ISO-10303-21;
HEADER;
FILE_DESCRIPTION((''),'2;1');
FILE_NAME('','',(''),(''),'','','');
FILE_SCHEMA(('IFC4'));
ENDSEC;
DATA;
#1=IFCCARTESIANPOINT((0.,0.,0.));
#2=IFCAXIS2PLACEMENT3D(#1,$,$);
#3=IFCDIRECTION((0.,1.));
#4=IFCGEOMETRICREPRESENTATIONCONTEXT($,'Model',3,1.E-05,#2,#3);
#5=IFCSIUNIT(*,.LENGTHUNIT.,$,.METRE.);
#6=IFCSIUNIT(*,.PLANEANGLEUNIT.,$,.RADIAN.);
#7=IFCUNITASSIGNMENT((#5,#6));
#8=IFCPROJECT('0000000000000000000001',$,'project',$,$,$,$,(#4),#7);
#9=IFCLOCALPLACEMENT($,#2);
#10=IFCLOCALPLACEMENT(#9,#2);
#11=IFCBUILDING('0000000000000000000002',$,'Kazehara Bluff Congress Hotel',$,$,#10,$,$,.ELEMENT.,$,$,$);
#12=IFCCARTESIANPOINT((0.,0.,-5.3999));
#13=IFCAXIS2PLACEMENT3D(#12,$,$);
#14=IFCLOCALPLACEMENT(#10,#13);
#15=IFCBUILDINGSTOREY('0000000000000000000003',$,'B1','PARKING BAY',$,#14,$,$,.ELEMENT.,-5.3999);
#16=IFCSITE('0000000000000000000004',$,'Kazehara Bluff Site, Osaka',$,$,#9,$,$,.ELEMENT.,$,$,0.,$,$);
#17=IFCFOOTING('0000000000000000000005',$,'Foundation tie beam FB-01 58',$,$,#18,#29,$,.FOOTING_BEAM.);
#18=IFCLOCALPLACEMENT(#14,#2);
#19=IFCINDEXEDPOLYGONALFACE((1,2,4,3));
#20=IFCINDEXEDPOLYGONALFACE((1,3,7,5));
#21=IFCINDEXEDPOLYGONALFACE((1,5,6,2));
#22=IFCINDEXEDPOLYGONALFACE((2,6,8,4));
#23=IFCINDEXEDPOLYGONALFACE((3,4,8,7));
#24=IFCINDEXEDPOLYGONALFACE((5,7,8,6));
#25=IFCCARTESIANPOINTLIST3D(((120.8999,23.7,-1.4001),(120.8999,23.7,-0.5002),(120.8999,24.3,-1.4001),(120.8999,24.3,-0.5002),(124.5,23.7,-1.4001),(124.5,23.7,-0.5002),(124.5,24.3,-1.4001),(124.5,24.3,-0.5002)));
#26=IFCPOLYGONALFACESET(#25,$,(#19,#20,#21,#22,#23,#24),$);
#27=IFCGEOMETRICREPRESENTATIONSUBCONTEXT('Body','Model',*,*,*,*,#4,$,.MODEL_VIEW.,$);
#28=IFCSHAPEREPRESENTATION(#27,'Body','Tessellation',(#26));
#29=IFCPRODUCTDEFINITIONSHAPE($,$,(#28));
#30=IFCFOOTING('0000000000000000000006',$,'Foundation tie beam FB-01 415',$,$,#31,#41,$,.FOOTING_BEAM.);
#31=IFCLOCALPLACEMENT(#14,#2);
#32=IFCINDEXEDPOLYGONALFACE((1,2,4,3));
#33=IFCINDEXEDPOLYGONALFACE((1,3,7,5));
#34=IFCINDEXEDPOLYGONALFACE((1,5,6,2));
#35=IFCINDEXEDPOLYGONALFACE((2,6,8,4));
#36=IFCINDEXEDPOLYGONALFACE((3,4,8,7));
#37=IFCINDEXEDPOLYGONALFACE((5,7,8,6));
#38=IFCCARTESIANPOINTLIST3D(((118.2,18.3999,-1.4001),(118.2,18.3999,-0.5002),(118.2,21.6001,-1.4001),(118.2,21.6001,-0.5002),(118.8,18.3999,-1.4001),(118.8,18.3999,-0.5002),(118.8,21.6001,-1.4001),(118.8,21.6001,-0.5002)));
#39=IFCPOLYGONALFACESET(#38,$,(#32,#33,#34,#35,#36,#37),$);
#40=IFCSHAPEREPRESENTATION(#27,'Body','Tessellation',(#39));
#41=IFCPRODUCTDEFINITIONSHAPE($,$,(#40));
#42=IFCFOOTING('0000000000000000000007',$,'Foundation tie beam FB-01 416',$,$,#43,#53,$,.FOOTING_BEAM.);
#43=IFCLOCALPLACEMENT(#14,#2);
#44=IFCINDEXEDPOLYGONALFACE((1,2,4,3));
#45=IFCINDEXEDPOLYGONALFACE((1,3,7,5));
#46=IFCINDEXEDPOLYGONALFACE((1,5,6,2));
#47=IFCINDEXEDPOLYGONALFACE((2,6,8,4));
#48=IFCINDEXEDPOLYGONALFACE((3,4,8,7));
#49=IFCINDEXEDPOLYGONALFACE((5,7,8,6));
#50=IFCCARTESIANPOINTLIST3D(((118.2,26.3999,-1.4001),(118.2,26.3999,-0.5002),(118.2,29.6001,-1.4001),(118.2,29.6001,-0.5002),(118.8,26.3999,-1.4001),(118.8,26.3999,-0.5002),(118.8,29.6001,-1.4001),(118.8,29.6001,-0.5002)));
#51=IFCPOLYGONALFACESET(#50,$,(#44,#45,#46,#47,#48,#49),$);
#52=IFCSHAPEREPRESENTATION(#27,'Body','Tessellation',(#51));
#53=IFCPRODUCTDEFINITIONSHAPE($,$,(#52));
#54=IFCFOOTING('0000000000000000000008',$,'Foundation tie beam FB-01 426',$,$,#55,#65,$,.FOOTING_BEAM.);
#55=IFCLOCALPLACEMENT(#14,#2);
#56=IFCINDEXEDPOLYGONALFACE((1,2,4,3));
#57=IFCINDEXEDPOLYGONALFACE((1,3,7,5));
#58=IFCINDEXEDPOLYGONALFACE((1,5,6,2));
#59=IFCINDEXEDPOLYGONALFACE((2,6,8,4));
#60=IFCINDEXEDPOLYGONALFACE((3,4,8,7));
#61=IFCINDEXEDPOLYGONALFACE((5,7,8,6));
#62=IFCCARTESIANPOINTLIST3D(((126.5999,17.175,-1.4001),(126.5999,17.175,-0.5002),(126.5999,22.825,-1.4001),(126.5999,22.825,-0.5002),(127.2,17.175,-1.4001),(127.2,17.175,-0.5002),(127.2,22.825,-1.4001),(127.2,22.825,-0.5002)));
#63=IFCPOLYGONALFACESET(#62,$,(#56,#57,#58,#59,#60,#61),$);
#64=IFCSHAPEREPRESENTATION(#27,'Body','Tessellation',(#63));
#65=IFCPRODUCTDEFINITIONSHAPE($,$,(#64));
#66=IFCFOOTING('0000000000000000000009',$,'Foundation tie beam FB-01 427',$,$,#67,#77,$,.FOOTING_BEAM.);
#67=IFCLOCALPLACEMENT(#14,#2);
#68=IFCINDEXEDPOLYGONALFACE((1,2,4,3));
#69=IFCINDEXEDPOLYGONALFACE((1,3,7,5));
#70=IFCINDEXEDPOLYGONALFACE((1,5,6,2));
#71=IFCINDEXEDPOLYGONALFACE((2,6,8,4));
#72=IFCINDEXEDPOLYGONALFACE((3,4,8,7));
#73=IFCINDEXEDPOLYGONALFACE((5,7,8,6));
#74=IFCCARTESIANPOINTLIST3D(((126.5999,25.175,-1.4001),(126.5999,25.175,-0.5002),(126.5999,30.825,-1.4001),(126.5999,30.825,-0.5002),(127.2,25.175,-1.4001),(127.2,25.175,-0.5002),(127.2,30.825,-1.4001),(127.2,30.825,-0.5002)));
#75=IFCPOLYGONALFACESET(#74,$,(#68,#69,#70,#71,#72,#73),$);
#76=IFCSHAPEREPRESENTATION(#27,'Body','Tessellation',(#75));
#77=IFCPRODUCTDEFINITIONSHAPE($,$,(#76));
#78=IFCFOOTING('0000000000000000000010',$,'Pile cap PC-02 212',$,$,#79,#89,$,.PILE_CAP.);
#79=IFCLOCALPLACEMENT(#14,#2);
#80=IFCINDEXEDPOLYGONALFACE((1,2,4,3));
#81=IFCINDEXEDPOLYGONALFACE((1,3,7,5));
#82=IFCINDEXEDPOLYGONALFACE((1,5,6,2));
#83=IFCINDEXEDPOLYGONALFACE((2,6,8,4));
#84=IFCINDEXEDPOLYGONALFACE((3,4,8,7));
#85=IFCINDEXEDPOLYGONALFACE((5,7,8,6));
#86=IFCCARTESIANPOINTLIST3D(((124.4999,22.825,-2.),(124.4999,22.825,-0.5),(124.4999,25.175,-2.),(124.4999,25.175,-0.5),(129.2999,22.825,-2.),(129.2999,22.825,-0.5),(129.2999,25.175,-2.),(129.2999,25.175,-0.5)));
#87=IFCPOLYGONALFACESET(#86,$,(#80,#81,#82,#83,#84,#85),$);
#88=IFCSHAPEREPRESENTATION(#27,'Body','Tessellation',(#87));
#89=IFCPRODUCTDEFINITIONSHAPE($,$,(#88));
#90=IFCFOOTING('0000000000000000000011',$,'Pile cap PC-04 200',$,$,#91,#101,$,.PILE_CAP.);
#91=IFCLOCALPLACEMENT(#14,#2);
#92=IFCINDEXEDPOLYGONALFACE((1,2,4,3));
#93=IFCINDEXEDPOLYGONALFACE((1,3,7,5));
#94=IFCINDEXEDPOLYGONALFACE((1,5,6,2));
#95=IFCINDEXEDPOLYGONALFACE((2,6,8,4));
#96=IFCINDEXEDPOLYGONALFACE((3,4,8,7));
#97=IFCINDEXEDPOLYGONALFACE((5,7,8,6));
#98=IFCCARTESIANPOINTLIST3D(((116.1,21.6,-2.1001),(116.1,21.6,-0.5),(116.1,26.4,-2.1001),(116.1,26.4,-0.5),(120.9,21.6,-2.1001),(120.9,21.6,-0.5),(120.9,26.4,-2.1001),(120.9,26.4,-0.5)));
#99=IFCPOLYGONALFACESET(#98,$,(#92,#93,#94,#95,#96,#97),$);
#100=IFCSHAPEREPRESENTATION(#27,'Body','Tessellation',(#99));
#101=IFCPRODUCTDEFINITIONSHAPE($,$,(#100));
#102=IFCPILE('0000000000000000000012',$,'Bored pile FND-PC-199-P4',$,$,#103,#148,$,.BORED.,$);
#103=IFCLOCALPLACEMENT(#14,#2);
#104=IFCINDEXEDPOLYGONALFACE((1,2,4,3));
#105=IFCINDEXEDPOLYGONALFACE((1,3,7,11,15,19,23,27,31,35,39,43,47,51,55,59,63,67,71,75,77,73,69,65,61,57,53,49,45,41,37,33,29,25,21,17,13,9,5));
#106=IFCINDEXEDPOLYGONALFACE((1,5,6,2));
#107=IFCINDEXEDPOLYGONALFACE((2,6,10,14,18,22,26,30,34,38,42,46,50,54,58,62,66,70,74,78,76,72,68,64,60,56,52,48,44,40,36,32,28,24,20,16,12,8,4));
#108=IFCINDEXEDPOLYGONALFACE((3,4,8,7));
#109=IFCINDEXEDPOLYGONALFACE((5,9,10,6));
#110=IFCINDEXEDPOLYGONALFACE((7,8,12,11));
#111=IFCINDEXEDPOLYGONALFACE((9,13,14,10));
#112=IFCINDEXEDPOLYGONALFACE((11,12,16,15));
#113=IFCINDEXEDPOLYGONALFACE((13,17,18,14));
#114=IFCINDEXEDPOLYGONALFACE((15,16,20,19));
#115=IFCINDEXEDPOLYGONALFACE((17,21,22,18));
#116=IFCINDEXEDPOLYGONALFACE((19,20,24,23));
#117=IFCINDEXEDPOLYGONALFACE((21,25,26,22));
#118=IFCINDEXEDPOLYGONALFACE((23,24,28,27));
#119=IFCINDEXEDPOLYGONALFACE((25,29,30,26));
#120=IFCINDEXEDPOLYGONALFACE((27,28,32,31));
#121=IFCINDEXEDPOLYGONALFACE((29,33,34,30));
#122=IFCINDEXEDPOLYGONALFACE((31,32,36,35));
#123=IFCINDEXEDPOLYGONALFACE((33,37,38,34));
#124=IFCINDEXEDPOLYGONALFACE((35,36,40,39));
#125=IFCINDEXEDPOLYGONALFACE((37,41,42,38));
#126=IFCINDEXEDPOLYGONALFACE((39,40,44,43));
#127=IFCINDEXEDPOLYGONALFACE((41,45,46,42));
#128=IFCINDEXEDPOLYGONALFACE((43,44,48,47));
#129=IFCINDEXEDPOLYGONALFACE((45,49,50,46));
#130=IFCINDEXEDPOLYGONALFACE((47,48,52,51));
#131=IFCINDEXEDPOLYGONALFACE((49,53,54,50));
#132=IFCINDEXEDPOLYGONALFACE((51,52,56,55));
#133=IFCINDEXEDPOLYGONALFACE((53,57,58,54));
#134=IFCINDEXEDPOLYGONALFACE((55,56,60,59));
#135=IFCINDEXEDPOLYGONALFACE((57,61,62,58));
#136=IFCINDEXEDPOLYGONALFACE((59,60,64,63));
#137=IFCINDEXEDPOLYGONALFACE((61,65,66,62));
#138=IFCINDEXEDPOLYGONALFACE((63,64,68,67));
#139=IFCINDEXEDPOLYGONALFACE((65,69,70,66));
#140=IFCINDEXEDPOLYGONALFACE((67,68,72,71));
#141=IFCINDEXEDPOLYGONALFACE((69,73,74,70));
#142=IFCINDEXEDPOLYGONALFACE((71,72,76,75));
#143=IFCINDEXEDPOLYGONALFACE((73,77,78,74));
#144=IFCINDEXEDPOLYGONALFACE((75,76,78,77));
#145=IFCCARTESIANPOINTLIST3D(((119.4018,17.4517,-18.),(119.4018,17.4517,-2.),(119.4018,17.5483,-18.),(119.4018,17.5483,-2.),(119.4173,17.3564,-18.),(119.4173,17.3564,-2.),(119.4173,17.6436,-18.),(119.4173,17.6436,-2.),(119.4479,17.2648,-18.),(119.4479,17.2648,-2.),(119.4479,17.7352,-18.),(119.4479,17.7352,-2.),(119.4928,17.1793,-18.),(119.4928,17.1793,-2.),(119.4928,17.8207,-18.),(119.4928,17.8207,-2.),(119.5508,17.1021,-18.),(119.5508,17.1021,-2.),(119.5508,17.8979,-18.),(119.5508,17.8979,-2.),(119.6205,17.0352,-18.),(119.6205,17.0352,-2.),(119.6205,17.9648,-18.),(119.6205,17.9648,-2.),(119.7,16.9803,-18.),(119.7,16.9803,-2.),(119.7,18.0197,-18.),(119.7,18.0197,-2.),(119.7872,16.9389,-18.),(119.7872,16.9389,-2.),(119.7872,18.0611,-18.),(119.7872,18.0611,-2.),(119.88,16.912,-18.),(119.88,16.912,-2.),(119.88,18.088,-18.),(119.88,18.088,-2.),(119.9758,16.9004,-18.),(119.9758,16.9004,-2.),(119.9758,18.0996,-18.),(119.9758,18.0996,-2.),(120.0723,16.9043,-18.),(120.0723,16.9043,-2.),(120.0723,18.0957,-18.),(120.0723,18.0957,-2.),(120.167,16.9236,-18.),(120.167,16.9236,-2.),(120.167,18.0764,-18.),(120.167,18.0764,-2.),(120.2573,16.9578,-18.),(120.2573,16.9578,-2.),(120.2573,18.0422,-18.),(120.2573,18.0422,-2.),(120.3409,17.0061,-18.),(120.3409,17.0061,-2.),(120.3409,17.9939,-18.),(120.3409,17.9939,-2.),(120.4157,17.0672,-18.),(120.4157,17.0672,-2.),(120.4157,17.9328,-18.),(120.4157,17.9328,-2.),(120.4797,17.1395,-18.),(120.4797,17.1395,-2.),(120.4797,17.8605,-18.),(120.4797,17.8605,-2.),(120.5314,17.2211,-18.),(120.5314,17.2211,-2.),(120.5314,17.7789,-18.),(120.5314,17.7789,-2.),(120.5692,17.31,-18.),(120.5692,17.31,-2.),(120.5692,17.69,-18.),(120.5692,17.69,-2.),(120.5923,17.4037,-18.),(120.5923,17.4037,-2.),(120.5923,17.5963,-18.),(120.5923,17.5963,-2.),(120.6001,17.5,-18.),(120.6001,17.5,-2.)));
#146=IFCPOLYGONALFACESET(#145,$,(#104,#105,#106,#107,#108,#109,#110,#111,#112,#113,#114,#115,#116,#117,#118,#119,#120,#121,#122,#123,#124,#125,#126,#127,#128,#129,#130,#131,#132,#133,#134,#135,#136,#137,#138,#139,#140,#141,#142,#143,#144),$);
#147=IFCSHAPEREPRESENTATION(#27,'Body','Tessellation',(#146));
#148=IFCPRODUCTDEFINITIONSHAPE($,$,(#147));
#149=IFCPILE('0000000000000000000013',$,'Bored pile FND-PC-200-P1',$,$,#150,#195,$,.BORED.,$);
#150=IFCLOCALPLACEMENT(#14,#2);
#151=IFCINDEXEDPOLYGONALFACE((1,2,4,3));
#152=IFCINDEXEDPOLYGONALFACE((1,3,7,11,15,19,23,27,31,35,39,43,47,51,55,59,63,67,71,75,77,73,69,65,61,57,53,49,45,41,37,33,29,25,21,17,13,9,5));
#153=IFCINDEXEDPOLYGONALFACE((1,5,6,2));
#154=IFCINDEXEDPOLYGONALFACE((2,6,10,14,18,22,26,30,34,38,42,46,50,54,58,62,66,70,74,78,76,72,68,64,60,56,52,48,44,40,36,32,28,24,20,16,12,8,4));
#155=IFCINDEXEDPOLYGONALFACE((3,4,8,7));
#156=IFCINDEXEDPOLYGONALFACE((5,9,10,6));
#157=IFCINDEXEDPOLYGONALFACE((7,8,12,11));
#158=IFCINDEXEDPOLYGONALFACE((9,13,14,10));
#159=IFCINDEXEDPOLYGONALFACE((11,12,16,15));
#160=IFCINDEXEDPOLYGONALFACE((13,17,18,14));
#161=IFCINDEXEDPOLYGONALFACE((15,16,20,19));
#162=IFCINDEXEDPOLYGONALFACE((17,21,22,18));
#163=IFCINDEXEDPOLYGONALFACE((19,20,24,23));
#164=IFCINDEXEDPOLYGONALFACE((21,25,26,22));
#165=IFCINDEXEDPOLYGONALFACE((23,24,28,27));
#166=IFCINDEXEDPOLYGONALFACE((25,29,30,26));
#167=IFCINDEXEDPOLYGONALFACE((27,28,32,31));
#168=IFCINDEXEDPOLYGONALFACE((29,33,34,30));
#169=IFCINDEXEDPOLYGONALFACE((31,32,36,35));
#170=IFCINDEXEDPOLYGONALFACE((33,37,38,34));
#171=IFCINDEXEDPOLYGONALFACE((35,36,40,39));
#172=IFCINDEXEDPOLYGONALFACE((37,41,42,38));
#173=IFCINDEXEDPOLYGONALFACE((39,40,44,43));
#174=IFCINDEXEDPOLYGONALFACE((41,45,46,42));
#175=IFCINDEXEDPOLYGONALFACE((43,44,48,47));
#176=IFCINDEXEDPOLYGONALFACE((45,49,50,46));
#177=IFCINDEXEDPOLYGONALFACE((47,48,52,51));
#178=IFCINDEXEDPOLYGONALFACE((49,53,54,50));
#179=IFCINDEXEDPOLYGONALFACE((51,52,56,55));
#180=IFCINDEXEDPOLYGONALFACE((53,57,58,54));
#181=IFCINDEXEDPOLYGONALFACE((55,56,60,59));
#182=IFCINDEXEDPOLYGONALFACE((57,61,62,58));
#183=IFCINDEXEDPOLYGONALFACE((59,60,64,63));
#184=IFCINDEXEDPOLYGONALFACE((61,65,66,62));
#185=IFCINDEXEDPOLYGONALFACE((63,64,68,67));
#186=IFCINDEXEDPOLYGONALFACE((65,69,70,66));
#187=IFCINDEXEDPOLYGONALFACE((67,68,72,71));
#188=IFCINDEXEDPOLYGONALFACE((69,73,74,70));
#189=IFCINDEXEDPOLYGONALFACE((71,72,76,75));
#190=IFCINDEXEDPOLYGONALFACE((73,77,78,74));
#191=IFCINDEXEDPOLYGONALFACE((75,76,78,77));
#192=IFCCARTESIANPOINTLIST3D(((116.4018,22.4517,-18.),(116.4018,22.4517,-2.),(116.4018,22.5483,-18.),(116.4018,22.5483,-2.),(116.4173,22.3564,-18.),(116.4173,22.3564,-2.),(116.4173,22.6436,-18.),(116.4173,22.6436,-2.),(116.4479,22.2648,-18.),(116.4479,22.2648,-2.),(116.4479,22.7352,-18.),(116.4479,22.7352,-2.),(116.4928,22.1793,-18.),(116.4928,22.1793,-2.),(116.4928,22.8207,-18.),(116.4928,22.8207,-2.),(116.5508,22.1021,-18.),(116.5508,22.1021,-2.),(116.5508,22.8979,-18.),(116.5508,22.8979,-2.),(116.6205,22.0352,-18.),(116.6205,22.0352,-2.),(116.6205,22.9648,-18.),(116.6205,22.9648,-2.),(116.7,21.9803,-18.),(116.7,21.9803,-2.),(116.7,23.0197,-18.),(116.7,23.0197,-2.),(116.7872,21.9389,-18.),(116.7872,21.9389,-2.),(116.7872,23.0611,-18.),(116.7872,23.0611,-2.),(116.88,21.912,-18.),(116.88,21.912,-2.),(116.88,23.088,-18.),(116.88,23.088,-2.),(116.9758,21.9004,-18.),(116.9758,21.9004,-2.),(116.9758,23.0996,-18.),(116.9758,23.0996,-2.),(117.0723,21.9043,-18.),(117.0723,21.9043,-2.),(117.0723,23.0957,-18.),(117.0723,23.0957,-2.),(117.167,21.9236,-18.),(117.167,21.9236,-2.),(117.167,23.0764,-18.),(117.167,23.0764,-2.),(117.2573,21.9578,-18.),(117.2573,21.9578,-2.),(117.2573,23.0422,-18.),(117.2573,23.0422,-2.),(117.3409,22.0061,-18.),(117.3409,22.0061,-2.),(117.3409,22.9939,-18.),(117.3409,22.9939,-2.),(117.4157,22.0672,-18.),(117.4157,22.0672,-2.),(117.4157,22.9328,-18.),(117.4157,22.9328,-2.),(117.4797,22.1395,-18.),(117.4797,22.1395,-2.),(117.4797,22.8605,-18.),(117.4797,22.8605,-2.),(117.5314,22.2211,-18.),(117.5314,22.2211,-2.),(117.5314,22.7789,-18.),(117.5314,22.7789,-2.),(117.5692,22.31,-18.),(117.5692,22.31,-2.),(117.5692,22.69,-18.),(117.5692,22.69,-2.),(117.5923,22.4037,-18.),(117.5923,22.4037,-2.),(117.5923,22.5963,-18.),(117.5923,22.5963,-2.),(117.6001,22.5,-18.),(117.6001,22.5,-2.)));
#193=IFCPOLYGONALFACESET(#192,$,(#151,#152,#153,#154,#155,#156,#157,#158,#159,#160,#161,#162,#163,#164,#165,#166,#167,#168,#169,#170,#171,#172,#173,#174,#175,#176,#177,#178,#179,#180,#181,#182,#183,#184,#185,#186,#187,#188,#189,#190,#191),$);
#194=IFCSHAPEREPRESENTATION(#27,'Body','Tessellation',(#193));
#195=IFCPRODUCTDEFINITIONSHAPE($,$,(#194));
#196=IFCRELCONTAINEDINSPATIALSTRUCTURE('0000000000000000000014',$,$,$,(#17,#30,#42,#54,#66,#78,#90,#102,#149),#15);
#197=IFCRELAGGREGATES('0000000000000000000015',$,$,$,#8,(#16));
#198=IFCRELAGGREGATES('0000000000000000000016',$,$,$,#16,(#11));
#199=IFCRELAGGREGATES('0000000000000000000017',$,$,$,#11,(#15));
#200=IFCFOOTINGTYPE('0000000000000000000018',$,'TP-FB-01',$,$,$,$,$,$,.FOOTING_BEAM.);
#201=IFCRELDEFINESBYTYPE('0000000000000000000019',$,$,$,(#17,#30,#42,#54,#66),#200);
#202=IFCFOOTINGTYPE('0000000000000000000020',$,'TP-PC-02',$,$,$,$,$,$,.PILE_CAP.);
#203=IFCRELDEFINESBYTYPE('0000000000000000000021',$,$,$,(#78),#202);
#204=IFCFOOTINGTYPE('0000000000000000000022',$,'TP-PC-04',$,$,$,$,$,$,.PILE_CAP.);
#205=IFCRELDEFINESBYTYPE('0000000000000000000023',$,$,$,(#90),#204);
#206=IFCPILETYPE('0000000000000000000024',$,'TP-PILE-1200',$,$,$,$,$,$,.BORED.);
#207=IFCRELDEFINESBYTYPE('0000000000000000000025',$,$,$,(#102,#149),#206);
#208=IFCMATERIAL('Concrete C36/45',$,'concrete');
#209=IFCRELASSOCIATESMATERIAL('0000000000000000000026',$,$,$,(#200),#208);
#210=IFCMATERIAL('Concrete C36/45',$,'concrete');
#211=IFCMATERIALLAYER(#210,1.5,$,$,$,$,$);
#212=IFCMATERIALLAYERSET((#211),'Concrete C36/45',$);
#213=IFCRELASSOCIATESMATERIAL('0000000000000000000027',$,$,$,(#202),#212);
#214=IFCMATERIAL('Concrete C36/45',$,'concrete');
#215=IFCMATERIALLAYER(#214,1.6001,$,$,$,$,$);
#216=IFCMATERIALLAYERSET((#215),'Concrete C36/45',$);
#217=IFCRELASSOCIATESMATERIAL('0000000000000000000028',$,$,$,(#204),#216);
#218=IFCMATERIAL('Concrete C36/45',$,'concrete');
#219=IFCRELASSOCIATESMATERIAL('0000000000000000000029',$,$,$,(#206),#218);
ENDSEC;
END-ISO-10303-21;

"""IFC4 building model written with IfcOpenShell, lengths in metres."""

from ifc_helpers import new_model, si_unit, direction, frame, origin, origin_2d, place, context, subcontext, project, spatial, rectangle, circle, extrude, material, layer, layer_set, material_profile, profile_set, type_object, element, save


model = new_model("IFC4")

# Units and contexts
model_context = context("Model", 3, precision=1e-05, world=origin(), true_north=direction((0.0, 1.0)))
body_context = subcontext(model_context, "Body", "Model", "MODEL_VIEW")
ifc_project = project(units=[si_unit("LENGTHUNIT", "METRE"), si_unit("PLANEANGLEUNIT", "RADIAN")], contexts=[model_context])

# Site, building, storey
site_placement = place(None, origin())
site = spatial("IfcSite", under=ifc_project, at=site_placement, Name="Kazehara Bluff Site, Osaka", CompositionType="ELEMENT", RefElevation=0.0)
building_placement = place(site_placement, origin())
building = spatial("IfcBuilding", under=site, at=building_placement, Name="Kazehara Bluff Congress Hotel", CompositionType="ELEMENT")
storey_placement = place(building_placement, frame((0.0, 0.0, -5.3999)))
storey = spatial("IfcBuildingStorey", under=building, at=storey_placement, Name="B1", Description="PARKING BAY", CompositionType="ELEMENT", Elevation=-5.3999)

# Footings
ifc_material_1 = material(Name="Concrete C36/45", Category="concrete")
ifc_material_profile_1 = material_profile(ifc_material_1, rectangle(XDim=0.6001, YDim=0.8999, at=origin_2d()))
ifc_profile_set_1 = profile_set([ifc_material_profile_1], Name="Concrete C36/45")
footing_type_1 = type_object("IfcFootingType", Name="TP-FB-01", PredefinedType="FOOTING_BEAM", material=ifc_profile_set_1)
footing_1_placement = place(storey_placement, frame((120.8999, 24.0, -0.9502), z_axis=(1.0, 0.0, 0.0), x_axis=(0.0, 1.0, 0.0)))
element("IfcFooting", 1, at=footing_1_placement, inside=storey, type_object=footing_type_1, Name="Foundation tie beam FB-01 58", PredefinedType="FOOTING_BEAM", context=body_context, shape_type="SweptSolid", body=[
    extrude(rectangle(XDim=0.6001, YDim=0.8999, at=origin_2d()), origin(), (0.0, 0.0, 1.0), 3.6001),
])
for number, where, z_axis, x_axis, name in (
    (2, (118.5, 18.3999, -0.9502), (0.0, 1.0, 0.0), (-1.0, 0.0, 0.0), "Foundation tie beam FB-01 415"),
    (3, (118.5, 26.3999, -0.9502), (0.0, 1.0, 0.0), (-1.0, 0.0, 0.0), "Foundation tie beam FB-01 416"),
):
    element("IfcFooting", number, at=place(storey_placement, frame(where, z_axis=z_axis, x_axis=x_axis)), inside=storey, type_object=footing_type_1, Name=name, PredefinedType="FOOTING_BEAM", context=body_context, shape_type="SweptSolid", body=[
        extrude(rectangle(XDim=0.6001, YDim=0.8999, at=origin_2d()), origin(), (0.0, 0.0, 1.0), 3.2002),
    ])
for number, where, z_axis, x_axis, name in (
    (4, (126.8999, 17.175, -0.9502), (0.0, 1.0, 0.0), (-1.0, 0.0, 0.0), "Foundation tie beam FB-01 426"),
    (5, (126.8999, 25.175, -0.9502), (0.0, 1.0, 0.0), (-1.0, 0.0, 0.0), "Foundation tie beam FB-01 427"),
):
    element("IfcFooting", number, at=place(storey_placement, frame(where, z_axis=z_axis, x_axis=x_axis)), inside=storey, type_object=footing_type_1, Name=name, PredefinedType="FOOTING_BEAM", context=body_context, shape_type="SweptSolid", body=[
        extrude(rectangle(XDim=0.6001, YDim=0.8999, at=origin_2d()), origin(), (0.0, 0.0, 1.0), 5.6499),
    ])
ifc_material_2 = material(Name="Concrete C36/45", Category="concrete")
ifc_layer_1 = layer(ifc_material_2, 1.5)
ifc_layer_set_1 = layer_set([ifc_layer_1], Name="Concrete C36/45")
footing_type_2 = type_object("IfcFootingType", Name="TP-PC-02", PredefinedType="PILE_CAP", material=ifc_layer_set_1)
footing_2_placement = place(storey_placement, frame((126.8999, 24.0, -2.0), z_axis=(0.0, 0.0, 1.0), x_axis=(1.0, 0.0, 0.0)))
element("IfcFooting", 6, at=footing_2_placement, inside=storey, type_object=footing_type_2, Name="Pile cap PC-02 212", PredefinedType="PILE_CAP", context=body_context, shape_type="SweptSolid", body=[
    extrude(rectangle(XDim=4.8, YDim=2.3501, at=origin_2d()), origin(), (0.0, 0.0, 1.0), 1.5),
])
ifc_material_3 = material(Name="Concrete C36/45", Category="concrete")
ifc_layer_2 = layer(ifc_material_3, 1.6001)
ifc_layer_set_2 = layer_set([ifc_layer_2], Name="Concrete C36/45")
footing_type_3 = type_object("IfcFootingType", Name="TP-PC-04", PredefinedType="PILE_CAP", material=ifc_layer_set_2)
footing_3_placement = place(storey_placement, frame((118.5, 24.0, -2.1001), z_axis=(0.0, 0.0, 1.0), x_axis=(1.0, 0.0, 0.0)))
element("IfcFooting", 7, at=footing_3_placement, inside=storey, type_object=footing_type_3, Name="Pile cap PC-04 200", PredefinedType="PILE_CAP", context=body_context, shape_type="SweptSolid", body=[
    extrude(rectangle(XDim=4.8, YDim=4.8, at=origin_2d()), origin(), (0.0, 0.0, 1.0), 1.6001),
])

# Piles
ifc_material_4 = material(Name="Concrete C36/45", Category="concrete")
ifc_material_profile_2 = material_profile(ifc_material_4, circle(Radius=0.6001, at=origin_2d()))
ifc_profile_set_2 = profile_set([ifc_material_profile_2], Name="Concrete C36/45")
pile_type = type_object("IfcPileType", Name="TP-PILE-1200", PredefinedType="BORED", material=ifc_profile_set_2)
for number, where, z_axis, x_axis, name in (
    (8, (120.0, 17.5, -2.0), (0.0, 0.0, -1.0), (1.0, 0.0, 0.0), "Bored pile FND-PC-199-P4"),
    (9, (117.0, 22.5, -2.0), (0.0, 0.0, -1.0), (1.0, 0.0, 0.0), "Bored pile FND-PC-200-P1"),
):
    element("IfcPile", number, at=place(storey_placement, frame(where, z_axis=z_axis, x_axis=x_axis)), inside=storey, type_object=pile_type, Name=name, PredefinedType="BORED", context=body_context, shape_type="SweptSolid", body=[
        extrude(circle(Radius=0.6001, at=origin_2d()), origin(), (0.0, 0.0, 1.0), 16.0),
    ])

save(model, "model.ifc")
